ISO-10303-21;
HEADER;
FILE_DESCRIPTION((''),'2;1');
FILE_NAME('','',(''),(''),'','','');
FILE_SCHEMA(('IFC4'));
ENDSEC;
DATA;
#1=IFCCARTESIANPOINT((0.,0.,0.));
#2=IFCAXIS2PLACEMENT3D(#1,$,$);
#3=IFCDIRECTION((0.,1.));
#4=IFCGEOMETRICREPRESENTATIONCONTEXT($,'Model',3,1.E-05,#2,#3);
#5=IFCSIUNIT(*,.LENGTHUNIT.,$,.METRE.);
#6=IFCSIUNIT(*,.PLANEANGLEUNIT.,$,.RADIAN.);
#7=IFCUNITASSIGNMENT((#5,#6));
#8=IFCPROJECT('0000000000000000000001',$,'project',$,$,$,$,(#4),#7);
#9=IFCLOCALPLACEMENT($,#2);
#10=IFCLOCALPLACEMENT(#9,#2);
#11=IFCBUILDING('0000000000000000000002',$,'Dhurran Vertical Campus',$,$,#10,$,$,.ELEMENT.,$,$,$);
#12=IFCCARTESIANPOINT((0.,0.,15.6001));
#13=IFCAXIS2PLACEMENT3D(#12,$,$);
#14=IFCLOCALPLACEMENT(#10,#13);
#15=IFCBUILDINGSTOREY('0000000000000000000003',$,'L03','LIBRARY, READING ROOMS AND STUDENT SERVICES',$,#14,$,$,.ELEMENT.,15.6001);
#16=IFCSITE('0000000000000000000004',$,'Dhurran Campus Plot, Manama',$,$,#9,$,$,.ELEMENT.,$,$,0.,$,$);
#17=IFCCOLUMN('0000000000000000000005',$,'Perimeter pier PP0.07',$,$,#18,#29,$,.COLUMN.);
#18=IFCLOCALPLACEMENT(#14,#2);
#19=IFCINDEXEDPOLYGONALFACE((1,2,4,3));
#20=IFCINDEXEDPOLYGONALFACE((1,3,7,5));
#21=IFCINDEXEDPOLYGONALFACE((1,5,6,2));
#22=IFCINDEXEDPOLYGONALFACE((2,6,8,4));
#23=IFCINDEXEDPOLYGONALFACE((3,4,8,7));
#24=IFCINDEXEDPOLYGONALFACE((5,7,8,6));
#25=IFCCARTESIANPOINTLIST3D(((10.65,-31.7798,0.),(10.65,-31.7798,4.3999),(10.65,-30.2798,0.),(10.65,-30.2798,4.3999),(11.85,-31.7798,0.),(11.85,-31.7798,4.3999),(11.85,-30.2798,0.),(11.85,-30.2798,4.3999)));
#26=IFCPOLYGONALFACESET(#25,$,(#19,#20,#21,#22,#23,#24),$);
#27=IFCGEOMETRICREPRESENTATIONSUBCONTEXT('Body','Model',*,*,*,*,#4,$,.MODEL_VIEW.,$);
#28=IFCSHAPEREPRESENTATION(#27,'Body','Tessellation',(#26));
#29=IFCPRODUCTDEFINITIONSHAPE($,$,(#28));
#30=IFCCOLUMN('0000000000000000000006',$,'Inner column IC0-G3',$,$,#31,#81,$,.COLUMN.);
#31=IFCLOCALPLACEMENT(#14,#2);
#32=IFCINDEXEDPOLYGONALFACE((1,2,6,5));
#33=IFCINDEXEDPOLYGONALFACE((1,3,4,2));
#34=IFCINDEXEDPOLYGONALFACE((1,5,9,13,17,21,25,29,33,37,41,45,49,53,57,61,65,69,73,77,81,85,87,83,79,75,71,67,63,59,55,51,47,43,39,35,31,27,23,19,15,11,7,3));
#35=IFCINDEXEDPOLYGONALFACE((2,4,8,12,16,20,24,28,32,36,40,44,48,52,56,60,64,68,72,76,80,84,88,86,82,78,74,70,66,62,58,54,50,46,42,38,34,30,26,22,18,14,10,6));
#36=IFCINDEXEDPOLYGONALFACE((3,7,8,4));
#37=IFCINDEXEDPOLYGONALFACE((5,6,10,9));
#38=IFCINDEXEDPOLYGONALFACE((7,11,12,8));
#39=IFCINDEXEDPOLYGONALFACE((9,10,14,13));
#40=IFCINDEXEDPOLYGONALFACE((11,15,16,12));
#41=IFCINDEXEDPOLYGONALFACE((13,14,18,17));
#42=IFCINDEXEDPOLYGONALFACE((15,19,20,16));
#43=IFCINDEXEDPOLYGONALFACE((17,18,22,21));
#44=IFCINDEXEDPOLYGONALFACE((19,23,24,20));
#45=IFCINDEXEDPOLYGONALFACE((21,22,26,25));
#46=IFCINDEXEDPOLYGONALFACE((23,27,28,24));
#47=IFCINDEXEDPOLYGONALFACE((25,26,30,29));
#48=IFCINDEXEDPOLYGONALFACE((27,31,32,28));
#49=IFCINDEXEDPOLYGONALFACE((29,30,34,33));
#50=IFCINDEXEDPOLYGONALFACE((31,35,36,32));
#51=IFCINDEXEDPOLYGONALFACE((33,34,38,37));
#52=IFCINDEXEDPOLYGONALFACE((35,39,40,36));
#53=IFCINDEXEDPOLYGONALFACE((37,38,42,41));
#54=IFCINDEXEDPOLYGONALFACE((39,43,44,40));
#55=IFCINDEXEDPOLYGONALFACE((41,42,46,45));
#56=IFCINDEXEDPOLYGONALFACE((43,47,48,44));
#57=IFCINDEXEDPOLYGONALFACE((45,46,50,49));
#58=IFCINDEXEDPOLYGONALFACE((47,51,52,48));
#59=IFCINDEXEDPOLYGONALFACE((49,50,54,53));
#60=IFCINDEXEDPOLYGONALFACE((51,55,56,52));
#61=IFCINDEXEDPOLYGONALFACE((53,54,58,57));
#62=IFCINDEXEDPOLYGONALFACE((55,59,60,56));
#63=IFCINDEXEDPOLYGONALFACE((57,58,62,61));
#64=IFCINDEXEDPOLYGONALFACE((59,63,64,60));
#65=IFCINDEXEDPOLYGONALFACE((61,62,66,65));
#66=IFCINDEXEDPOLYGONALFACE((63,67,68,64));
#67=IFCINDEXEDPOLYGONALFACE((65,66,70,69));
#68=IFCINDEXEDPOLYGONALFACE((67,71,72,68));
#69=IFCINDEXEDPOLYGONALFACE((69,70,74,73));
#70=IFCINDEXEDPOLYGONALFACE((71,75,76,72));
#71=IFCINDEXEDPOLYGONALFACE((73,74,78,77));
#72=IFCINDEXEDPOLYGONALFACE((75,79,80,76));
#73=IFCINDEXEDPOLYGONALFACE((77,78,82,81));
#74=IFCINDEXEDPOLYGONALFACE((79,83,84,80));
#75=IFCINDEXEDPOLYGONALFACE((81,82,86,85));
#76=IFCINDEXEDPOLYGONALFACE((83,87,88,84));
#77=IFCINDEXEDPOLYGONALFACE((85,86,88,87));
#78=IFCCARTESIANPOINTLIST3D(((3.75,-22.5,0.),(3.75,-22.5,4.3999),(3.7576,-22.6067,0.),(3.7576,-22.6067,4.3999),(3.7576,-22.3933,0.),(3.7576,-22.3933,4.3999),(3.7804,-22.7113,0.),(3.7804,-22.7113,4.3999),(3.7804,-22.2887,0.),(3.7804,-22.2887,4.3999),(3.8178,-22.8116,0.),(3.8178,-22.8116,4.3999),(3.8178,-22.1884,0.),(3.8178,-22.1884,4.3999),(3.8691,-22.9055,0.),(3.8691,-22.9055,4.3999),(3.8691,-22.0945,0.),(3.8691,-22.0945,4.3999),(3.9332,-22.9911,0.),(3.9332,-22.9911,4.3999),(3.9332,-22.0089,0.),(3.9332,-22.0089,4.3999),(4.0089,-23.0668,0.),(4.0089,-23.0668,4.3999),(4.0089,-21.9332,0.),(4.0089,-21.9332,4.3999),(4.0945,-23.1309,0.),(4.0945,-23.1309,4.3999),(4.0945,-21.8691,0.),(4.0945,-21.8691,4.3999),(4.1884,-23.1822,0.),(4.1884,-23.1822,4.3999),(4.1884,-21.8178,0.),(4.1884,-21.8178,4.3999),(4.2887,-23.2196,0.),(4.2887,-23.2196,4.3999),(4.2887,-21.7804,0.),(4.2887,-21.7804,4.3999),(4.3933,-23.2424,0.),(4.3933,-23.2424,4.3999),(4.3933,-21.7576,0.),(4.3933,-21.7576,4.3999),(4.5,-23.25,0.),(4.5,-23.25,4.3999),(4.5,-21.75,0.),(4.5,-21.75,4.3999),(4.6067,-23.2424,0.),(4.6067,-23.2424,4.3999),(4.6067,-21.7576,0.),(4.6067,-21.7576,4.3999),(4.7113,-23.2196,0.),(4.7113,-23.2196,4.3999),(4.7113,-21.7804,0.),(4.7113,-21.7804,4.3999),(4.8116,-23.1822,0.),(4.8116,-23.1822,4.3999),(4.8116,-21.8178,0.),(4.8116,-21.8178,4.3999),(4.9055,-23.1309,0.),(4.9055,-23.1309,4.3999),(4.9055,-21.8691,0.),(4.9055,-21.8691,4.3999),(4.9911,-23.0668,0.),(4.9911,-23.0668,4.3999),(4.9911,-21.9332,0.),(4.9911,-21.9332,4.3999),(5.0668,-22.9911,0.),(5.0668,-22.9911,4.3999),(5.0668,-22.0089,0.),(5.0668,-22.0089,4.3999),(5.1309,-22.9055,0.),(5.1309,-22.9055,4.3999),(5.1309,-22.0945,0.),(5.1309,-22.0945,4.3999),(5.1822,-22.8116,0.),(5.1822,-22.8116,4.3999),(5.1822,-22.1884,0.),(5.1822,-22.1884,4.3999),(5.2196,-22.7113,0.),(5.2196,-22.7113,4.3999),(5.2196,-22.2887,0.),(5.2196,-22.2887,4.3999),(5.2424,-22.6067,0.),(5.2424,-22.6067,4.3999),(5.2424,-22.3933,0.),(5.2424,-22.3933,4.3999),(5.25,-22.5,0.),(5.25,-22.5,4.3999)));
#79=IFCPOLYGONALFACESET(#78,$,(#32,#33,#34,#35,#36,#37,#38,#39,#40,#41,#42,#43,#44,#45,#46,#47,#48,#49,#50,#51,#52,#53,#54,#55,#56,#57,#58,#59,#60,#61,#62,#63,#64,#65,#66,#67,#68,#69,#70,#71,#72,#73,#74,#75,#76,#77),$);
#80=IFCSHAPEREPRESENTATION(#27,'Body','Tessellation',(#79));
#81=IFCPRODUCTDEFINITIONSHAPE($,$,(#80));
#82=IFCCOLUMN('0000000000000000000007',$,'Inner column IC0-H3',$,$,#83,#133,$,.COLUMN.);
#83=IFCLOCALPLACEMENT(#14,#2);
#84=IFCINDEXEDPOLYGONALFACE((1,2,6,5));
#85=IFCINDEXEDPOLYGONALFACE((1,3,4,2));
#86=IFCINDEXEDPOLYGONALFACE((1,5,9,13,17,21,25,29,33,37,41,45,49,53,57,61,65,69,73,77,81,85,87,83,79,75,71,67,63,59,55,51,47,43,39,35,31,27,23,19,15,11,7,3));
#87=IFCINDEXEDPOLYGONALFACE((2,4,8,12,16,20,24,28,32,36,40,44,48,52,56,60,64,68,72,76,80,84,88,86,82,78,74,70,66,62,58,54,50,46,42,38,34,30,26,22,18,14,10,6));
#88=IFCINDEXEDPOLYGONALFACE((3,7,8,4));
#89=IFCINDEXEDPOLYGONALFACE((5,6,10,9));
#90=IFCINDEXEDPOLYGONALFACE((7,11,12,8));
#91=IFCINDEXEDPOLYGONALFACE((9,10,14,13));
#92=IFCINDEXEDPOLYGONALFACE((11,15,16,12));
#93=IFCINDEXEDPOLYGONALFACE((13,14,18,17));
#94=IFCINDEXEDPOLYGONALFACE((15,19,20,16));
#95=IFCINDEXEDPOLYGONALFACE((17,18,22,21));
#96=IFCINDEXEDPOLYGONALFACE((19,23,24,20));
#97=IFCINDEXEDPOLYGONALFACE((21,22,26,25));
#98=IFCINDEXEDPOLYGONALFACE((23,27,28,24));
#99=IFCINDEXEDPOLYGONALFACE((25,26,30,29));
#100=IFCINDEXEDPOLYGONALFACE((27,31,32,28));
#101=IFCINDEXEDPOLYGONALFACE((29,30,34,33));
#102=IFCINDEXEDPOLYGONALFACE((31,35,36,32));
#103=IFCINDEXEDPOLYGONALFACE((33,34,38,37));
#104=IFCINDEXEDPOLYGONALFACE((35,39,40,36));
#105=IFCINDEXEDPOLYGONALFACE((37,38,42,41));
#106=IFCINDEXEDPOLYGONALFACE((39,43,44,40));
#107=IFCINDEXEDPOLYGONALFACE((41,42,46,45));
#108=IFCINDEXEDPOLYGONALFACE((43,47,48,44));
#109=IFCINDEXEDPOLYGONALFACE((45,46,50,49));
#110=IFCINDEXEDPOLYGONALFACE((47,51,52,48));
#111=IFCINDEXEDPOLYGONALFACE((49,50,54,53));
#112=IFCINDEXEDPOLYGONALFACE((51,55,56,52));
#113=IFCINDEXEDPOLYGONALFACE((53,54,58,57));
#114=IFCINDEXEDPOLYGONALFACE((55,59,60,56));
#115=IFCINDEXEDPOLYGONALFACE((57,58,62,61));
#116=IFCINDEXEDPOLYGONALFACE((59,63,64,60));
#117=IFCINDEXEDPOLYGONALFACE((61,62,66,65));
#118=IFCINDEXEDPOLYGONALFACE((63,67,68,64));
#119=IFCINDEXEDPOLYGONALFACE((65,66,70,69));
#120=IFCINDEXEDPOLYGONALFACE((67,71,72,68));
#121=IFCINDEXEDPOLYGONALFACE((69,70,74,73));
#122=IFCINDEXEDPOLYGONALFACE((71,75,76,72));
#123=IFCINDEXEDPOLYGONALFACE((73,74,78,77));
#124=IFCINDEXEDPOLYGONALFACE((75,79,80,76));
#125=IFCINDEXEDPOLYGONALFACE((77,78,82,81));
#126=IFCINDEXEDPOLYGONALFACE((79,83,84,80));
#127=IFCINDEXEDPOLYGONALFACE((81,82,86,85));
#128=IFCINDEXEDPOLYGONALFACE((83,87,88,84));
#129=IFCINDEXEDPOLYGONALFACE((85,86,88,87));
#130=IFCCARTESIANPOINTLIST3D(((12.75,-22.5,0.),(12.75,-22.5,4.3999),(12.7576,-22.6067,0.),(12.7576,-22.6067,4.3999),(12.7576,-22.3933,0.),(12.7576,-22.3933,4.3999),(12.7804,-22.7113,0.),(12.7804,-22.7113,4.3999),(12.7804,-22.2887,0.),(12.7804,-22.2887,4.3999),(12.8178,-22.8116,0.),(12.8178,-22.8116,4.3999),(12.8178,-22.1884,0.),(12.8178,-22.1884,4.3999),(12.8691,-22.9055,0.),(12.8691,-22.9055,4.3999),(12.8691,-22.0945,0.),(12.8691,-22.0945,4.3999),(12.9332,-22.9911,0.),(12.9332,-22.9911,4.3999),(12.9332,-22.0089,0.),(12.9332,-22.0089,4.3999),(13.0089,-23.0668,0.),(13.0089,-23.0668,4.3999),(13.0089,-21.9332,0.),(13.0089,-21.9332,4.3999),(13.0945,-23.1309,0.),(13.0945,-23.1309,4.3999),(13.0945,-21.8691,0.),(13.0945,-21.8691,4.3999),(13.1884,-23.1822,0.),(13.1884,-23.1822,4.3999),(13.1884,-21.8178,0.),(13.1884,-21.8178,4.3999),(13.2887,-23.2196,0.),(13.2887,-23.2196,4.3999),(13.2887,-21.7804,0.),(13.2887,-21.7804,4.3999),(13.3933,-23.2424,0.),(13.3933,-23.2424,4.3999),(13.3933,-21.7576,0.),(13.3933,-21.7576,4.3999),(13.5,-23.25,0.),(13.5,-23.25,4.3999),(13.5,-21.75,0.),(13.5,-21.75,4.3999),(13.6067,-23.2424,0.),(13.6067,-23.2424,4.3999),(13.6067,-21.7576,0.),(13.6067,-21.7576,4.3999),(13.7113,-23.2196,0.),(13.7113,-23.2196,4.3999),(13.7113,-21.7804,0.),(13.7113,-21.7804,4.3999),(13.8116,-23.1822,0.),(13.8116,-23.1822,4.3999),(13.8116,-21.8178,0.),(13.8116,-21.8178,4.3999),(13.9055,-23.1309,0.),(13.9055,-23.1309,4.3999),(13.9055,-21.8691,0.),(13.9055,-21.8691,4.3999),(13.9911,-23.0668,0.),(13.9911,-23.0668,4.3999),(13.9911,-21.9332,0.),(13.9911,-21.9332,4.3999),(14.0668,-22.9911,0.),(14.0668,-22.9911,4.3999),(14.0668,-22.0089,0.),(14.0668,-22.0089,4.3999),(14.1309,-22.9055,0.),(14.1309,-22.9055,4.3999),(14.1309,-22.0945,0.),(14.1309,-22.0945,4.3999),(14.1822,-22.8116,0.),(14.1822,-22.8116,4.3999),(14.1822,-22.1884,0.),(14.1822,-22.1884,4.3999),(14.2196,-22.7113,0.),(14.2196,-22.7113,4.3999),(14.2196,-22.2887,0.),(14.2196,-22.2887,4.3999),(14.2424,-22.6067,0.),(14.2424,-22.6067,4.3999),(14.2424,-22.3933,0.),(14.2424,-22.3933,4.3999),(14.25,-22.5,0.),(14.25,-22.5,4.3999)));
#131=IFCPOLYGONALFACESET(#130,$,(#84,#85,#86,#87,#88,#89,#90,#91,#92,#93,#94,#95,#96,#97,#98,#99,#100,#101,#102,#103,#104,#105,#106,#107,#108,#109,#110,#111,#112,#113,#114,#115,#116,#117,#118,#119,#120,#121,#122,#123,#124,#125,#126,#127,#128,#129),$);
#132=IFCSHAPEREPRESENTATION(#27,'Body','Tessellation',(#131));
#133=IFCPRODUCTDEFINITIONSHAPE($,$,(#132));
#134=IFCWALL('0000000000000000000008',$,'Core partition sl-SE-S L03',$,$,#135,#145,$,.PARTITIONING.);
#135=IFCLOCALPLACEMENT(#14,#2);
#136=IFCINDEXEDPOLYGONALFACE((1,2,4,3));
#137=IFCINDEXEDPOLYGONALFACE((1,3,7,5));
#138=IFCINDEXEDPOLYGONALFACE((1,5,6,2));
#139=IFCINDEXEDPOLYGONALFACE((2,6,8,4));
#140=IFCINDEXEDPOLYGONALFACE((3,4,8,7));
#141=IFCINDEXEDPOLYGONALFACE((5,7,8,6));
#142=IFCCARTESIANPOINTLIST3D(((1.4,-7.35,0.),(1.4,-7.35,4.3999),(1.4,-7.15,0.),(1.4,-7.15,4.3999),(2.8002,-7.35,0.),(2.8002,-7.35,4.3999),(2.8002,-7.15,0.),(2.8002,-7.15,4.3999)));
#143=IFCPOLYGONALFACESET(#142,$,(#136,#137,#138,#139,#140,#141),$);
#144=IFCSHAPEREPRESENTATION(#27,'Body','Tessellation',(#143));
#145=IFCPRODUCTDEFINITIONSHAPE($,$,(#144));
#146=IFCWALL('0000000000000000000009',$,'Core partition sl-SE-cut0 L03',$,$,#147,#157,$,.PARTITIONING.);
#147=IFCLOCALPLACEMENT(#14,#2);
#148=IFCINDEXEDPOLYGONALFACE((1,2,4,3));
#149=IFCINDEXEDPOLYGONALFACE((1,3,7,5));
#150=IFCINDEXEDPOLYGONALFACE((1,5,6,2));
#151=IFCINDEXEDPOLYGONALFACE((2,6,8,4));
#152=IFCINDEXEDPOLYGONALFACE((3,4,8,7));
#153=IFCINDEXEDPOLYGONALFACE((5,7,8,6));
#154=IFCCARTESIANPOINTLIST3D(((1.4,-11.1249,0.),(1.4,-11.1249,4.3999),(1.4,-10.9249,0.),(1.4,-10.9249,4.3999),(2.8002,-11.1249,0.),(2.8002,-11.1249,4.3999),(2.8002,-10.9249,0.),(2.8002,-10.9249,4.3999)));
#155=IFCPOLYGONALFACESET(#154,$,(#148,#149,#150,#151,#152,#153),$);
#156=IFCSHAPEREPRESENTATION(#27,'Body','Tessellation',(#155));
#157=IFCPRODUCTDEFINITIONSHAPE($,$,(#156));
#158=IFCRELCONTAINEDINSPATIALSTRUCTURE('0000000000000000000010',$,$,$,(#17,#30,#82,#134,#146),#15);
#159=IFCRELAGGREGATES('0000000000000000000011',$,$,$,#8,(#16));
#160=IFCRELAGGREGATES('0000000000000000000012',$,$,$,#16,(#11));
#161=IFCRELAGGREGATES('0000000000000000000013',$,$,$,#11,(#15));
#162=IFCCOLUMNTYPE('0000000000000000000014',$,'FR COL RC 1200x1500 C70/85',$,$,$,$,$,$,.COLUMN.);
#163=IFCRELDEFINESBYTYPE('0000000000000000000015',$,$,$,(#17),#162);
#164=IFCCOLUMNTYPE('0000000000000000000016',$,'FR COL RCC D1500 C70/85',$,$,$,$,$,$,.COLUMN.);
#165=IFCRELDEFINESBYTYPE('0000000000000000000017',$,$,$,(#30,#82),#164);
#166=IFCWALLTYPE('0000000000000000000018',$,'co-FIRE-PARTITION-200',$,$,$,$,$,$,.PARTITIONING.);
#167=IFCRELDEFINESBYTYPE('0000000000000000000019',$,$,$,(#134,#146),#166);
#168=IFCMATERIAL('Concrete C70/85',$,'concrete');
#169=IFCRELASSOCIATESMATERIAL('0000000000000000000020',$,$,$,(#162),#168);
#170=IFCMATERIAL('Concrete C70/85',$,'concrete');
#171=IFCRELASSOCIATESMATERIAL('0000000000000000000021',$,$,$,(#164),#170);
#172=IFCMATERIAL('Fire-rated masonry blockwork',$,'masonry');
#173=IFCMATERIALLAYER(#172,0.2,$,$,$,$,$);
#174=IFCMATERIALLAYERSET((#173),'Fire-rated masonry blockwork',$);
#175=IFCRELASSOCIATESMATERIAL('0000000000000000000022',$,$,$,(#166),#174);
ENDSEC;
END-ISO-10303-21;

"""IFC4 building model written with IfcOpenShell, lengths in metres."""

from ifc_helpers import new_model, si_unit, direction, frame, frame_2d, origin, origin_2d, place, context, subcontext, project, spatial, rectangle, circle, extrude, material, layer, layer_set, material_profile, profile_set, type_object, element, save


model = new_model("IFC4")

# Units and contexts
model_context = context("Model", 3, precision=1e-05, world=origin(), true_north=direction((0.0, 1.0)))
body_context = subcontext(model_context, "Body", "Model", "MODEL_VIEW")
ifc_project = project(units=[si_unit("LENGTHUNIT", "METRE"), si_unit("PLANEANGLEUNIT", "RADIAN")], contexts=[model_context])

# Site, building, storey
site_placement = place(None, origin())
site = spatial("IfcSite", under=ifc_project, at=site_placement, Name="Dhurran Campus Plot, Manama", CompositionType="ELEMENT", RefElevation=0.0)
building_placement = place(site_placement, origin())
building = spatial("IfcBuilding", under=site, at=building_placement, Name="Dhurran Vertical Campus", CompositionType="ELEMENT")
storey_placement = place(building_placement, frame((0.0, 0.0, 15.6001)))
storey = spatial("IfcBuildingStorey", under=building, at=storey_placement, Name="L03", Description="LIBRARY, READING ROOMS AND STUDENT SERVICES", CompositionType="ELEMENT", Elevation=15.6001)

# Columns
ifc_material_1 = material(Name="Concrete C70/85", Category="concrete")
ifc_material_profile_1 = material_profile(ifc_material_1, rectangle(XDim=1.2, YDim=1.5, at=origin_2d()), Name="RC 1200x1500")
ifc_profile_set_1 = profile_set([ifc_material_profile_1], Name="Concrete C70/85")
column_type_1 = type_object("IfcColumnType", Name="FR COL RC 1200x1500 C70/85", PredefinedType="COLUMN", material=ifc_profile_set_1)
column_placement = place(storey_placement, frame((11.25, -31.0298, 0.0), z_axis=(0.0, 0.0, 1.0), x_axis=(1.0, 0.0, 0.0)))
element("IfcColumn", 1, at=column_placement, inside=storey, type_object=column_type_1, Name="Perimeter pier PP0.07", PredefinedType="COLUMN", context=body_context, shape_type="SweptSolid", body=[
    extrude(rectangle(XDim=1.2, YDim=1.5, at=origin_2d()), origin(), (0.0, 0.0, 1.0), 4.3999),
])
ifc_material_2 = material(Name="Concrete C70/85", Category="concrete")
ifc_material_profile_2 = material_profile(ifc_material_2, circle(Radius=0.75, at=origin_2d()), Name="RCC D1500")
ifc_profile_set_2 = profile_set([ifc_material_profile_2], Name="Concrete C70/85")
column_type_2 = type_object("IfcColumnType", Name="FR COL RCC D1500 C70/85", PredefinedType="COLUMN", material=ifc_profile_set_2)
for number, where, z_axis, x_axis, name in (
    (2, (4.5, -22.5, 0.0), (0.0, 0.0, 1.0), (1.0, 0.0, 0.0), "Inner column IC0-G3"),
    (3, (13.5, -22.5, 0.0), (0.0, 0.0, 1.0), (1.0, 0.0, 0.0), "Inner column IC0-H3"),
):
    element("IfcColumn", number, at=place(storey_placement, frame(where, z_axis=z_axis, x_axis=x_axis)), inside=storey, type_object=column_type_2, Name=name, PredefinedType="COLUMN", context=body_context, shape_type="SweptSolid", body=[
        extrude(circle(Radius=0.75, at=origin_2d()), origin(), (0.0, 0.0, 1.0), 4.3999),
    ])

# Walls
ifc_material_3 = material(Name="Fire-rated masonry blockwork", Category="masonry")
ifc_layer_1 = layer(ifc_material_3, 0.2)
ifc_layer_set_1 = layer_set([ifc_layer_1], Name="Fire-rated masonry blockwork")
wall_type_1 = type_object("IfcWallType", Name="co-FIRE-PARTITION-200", PredefinedType="PARTITIONING", material=ifc_layer_set_1)
for number, where, z_axis, x_axis, name in (
    (4, (1.3999, -7.25, 0.0), (0.0, 0.0, 1.0), (1.0, 0.0, 0.0), "Core partition sl-SE-S L03"),
    (5, (1.3999, -11.0249, 0.0), (0.0, 0.0, 1.0), (1.0, 0.0, 0.0), "Core partition sl-SE-cut0 L03"),
):
    element("IfcWall", number, at=place(storey_placement, frame(where, z_axis=z_axis, x_axis=x_axis)), inside=storey, type_object=wall_type_1, Name=name, PredefinedType="PARTITIONING", context=body_context, shape_type="SweptSolid", body=[
        extrude(rectangle(XDim=1.4001, YDim=0.2, at=frame_2d((0.7002, 0.0))), origin(), (0.0, 0.0, 1.0), 4.3999),
    ])

save(model, "model.ifc")
